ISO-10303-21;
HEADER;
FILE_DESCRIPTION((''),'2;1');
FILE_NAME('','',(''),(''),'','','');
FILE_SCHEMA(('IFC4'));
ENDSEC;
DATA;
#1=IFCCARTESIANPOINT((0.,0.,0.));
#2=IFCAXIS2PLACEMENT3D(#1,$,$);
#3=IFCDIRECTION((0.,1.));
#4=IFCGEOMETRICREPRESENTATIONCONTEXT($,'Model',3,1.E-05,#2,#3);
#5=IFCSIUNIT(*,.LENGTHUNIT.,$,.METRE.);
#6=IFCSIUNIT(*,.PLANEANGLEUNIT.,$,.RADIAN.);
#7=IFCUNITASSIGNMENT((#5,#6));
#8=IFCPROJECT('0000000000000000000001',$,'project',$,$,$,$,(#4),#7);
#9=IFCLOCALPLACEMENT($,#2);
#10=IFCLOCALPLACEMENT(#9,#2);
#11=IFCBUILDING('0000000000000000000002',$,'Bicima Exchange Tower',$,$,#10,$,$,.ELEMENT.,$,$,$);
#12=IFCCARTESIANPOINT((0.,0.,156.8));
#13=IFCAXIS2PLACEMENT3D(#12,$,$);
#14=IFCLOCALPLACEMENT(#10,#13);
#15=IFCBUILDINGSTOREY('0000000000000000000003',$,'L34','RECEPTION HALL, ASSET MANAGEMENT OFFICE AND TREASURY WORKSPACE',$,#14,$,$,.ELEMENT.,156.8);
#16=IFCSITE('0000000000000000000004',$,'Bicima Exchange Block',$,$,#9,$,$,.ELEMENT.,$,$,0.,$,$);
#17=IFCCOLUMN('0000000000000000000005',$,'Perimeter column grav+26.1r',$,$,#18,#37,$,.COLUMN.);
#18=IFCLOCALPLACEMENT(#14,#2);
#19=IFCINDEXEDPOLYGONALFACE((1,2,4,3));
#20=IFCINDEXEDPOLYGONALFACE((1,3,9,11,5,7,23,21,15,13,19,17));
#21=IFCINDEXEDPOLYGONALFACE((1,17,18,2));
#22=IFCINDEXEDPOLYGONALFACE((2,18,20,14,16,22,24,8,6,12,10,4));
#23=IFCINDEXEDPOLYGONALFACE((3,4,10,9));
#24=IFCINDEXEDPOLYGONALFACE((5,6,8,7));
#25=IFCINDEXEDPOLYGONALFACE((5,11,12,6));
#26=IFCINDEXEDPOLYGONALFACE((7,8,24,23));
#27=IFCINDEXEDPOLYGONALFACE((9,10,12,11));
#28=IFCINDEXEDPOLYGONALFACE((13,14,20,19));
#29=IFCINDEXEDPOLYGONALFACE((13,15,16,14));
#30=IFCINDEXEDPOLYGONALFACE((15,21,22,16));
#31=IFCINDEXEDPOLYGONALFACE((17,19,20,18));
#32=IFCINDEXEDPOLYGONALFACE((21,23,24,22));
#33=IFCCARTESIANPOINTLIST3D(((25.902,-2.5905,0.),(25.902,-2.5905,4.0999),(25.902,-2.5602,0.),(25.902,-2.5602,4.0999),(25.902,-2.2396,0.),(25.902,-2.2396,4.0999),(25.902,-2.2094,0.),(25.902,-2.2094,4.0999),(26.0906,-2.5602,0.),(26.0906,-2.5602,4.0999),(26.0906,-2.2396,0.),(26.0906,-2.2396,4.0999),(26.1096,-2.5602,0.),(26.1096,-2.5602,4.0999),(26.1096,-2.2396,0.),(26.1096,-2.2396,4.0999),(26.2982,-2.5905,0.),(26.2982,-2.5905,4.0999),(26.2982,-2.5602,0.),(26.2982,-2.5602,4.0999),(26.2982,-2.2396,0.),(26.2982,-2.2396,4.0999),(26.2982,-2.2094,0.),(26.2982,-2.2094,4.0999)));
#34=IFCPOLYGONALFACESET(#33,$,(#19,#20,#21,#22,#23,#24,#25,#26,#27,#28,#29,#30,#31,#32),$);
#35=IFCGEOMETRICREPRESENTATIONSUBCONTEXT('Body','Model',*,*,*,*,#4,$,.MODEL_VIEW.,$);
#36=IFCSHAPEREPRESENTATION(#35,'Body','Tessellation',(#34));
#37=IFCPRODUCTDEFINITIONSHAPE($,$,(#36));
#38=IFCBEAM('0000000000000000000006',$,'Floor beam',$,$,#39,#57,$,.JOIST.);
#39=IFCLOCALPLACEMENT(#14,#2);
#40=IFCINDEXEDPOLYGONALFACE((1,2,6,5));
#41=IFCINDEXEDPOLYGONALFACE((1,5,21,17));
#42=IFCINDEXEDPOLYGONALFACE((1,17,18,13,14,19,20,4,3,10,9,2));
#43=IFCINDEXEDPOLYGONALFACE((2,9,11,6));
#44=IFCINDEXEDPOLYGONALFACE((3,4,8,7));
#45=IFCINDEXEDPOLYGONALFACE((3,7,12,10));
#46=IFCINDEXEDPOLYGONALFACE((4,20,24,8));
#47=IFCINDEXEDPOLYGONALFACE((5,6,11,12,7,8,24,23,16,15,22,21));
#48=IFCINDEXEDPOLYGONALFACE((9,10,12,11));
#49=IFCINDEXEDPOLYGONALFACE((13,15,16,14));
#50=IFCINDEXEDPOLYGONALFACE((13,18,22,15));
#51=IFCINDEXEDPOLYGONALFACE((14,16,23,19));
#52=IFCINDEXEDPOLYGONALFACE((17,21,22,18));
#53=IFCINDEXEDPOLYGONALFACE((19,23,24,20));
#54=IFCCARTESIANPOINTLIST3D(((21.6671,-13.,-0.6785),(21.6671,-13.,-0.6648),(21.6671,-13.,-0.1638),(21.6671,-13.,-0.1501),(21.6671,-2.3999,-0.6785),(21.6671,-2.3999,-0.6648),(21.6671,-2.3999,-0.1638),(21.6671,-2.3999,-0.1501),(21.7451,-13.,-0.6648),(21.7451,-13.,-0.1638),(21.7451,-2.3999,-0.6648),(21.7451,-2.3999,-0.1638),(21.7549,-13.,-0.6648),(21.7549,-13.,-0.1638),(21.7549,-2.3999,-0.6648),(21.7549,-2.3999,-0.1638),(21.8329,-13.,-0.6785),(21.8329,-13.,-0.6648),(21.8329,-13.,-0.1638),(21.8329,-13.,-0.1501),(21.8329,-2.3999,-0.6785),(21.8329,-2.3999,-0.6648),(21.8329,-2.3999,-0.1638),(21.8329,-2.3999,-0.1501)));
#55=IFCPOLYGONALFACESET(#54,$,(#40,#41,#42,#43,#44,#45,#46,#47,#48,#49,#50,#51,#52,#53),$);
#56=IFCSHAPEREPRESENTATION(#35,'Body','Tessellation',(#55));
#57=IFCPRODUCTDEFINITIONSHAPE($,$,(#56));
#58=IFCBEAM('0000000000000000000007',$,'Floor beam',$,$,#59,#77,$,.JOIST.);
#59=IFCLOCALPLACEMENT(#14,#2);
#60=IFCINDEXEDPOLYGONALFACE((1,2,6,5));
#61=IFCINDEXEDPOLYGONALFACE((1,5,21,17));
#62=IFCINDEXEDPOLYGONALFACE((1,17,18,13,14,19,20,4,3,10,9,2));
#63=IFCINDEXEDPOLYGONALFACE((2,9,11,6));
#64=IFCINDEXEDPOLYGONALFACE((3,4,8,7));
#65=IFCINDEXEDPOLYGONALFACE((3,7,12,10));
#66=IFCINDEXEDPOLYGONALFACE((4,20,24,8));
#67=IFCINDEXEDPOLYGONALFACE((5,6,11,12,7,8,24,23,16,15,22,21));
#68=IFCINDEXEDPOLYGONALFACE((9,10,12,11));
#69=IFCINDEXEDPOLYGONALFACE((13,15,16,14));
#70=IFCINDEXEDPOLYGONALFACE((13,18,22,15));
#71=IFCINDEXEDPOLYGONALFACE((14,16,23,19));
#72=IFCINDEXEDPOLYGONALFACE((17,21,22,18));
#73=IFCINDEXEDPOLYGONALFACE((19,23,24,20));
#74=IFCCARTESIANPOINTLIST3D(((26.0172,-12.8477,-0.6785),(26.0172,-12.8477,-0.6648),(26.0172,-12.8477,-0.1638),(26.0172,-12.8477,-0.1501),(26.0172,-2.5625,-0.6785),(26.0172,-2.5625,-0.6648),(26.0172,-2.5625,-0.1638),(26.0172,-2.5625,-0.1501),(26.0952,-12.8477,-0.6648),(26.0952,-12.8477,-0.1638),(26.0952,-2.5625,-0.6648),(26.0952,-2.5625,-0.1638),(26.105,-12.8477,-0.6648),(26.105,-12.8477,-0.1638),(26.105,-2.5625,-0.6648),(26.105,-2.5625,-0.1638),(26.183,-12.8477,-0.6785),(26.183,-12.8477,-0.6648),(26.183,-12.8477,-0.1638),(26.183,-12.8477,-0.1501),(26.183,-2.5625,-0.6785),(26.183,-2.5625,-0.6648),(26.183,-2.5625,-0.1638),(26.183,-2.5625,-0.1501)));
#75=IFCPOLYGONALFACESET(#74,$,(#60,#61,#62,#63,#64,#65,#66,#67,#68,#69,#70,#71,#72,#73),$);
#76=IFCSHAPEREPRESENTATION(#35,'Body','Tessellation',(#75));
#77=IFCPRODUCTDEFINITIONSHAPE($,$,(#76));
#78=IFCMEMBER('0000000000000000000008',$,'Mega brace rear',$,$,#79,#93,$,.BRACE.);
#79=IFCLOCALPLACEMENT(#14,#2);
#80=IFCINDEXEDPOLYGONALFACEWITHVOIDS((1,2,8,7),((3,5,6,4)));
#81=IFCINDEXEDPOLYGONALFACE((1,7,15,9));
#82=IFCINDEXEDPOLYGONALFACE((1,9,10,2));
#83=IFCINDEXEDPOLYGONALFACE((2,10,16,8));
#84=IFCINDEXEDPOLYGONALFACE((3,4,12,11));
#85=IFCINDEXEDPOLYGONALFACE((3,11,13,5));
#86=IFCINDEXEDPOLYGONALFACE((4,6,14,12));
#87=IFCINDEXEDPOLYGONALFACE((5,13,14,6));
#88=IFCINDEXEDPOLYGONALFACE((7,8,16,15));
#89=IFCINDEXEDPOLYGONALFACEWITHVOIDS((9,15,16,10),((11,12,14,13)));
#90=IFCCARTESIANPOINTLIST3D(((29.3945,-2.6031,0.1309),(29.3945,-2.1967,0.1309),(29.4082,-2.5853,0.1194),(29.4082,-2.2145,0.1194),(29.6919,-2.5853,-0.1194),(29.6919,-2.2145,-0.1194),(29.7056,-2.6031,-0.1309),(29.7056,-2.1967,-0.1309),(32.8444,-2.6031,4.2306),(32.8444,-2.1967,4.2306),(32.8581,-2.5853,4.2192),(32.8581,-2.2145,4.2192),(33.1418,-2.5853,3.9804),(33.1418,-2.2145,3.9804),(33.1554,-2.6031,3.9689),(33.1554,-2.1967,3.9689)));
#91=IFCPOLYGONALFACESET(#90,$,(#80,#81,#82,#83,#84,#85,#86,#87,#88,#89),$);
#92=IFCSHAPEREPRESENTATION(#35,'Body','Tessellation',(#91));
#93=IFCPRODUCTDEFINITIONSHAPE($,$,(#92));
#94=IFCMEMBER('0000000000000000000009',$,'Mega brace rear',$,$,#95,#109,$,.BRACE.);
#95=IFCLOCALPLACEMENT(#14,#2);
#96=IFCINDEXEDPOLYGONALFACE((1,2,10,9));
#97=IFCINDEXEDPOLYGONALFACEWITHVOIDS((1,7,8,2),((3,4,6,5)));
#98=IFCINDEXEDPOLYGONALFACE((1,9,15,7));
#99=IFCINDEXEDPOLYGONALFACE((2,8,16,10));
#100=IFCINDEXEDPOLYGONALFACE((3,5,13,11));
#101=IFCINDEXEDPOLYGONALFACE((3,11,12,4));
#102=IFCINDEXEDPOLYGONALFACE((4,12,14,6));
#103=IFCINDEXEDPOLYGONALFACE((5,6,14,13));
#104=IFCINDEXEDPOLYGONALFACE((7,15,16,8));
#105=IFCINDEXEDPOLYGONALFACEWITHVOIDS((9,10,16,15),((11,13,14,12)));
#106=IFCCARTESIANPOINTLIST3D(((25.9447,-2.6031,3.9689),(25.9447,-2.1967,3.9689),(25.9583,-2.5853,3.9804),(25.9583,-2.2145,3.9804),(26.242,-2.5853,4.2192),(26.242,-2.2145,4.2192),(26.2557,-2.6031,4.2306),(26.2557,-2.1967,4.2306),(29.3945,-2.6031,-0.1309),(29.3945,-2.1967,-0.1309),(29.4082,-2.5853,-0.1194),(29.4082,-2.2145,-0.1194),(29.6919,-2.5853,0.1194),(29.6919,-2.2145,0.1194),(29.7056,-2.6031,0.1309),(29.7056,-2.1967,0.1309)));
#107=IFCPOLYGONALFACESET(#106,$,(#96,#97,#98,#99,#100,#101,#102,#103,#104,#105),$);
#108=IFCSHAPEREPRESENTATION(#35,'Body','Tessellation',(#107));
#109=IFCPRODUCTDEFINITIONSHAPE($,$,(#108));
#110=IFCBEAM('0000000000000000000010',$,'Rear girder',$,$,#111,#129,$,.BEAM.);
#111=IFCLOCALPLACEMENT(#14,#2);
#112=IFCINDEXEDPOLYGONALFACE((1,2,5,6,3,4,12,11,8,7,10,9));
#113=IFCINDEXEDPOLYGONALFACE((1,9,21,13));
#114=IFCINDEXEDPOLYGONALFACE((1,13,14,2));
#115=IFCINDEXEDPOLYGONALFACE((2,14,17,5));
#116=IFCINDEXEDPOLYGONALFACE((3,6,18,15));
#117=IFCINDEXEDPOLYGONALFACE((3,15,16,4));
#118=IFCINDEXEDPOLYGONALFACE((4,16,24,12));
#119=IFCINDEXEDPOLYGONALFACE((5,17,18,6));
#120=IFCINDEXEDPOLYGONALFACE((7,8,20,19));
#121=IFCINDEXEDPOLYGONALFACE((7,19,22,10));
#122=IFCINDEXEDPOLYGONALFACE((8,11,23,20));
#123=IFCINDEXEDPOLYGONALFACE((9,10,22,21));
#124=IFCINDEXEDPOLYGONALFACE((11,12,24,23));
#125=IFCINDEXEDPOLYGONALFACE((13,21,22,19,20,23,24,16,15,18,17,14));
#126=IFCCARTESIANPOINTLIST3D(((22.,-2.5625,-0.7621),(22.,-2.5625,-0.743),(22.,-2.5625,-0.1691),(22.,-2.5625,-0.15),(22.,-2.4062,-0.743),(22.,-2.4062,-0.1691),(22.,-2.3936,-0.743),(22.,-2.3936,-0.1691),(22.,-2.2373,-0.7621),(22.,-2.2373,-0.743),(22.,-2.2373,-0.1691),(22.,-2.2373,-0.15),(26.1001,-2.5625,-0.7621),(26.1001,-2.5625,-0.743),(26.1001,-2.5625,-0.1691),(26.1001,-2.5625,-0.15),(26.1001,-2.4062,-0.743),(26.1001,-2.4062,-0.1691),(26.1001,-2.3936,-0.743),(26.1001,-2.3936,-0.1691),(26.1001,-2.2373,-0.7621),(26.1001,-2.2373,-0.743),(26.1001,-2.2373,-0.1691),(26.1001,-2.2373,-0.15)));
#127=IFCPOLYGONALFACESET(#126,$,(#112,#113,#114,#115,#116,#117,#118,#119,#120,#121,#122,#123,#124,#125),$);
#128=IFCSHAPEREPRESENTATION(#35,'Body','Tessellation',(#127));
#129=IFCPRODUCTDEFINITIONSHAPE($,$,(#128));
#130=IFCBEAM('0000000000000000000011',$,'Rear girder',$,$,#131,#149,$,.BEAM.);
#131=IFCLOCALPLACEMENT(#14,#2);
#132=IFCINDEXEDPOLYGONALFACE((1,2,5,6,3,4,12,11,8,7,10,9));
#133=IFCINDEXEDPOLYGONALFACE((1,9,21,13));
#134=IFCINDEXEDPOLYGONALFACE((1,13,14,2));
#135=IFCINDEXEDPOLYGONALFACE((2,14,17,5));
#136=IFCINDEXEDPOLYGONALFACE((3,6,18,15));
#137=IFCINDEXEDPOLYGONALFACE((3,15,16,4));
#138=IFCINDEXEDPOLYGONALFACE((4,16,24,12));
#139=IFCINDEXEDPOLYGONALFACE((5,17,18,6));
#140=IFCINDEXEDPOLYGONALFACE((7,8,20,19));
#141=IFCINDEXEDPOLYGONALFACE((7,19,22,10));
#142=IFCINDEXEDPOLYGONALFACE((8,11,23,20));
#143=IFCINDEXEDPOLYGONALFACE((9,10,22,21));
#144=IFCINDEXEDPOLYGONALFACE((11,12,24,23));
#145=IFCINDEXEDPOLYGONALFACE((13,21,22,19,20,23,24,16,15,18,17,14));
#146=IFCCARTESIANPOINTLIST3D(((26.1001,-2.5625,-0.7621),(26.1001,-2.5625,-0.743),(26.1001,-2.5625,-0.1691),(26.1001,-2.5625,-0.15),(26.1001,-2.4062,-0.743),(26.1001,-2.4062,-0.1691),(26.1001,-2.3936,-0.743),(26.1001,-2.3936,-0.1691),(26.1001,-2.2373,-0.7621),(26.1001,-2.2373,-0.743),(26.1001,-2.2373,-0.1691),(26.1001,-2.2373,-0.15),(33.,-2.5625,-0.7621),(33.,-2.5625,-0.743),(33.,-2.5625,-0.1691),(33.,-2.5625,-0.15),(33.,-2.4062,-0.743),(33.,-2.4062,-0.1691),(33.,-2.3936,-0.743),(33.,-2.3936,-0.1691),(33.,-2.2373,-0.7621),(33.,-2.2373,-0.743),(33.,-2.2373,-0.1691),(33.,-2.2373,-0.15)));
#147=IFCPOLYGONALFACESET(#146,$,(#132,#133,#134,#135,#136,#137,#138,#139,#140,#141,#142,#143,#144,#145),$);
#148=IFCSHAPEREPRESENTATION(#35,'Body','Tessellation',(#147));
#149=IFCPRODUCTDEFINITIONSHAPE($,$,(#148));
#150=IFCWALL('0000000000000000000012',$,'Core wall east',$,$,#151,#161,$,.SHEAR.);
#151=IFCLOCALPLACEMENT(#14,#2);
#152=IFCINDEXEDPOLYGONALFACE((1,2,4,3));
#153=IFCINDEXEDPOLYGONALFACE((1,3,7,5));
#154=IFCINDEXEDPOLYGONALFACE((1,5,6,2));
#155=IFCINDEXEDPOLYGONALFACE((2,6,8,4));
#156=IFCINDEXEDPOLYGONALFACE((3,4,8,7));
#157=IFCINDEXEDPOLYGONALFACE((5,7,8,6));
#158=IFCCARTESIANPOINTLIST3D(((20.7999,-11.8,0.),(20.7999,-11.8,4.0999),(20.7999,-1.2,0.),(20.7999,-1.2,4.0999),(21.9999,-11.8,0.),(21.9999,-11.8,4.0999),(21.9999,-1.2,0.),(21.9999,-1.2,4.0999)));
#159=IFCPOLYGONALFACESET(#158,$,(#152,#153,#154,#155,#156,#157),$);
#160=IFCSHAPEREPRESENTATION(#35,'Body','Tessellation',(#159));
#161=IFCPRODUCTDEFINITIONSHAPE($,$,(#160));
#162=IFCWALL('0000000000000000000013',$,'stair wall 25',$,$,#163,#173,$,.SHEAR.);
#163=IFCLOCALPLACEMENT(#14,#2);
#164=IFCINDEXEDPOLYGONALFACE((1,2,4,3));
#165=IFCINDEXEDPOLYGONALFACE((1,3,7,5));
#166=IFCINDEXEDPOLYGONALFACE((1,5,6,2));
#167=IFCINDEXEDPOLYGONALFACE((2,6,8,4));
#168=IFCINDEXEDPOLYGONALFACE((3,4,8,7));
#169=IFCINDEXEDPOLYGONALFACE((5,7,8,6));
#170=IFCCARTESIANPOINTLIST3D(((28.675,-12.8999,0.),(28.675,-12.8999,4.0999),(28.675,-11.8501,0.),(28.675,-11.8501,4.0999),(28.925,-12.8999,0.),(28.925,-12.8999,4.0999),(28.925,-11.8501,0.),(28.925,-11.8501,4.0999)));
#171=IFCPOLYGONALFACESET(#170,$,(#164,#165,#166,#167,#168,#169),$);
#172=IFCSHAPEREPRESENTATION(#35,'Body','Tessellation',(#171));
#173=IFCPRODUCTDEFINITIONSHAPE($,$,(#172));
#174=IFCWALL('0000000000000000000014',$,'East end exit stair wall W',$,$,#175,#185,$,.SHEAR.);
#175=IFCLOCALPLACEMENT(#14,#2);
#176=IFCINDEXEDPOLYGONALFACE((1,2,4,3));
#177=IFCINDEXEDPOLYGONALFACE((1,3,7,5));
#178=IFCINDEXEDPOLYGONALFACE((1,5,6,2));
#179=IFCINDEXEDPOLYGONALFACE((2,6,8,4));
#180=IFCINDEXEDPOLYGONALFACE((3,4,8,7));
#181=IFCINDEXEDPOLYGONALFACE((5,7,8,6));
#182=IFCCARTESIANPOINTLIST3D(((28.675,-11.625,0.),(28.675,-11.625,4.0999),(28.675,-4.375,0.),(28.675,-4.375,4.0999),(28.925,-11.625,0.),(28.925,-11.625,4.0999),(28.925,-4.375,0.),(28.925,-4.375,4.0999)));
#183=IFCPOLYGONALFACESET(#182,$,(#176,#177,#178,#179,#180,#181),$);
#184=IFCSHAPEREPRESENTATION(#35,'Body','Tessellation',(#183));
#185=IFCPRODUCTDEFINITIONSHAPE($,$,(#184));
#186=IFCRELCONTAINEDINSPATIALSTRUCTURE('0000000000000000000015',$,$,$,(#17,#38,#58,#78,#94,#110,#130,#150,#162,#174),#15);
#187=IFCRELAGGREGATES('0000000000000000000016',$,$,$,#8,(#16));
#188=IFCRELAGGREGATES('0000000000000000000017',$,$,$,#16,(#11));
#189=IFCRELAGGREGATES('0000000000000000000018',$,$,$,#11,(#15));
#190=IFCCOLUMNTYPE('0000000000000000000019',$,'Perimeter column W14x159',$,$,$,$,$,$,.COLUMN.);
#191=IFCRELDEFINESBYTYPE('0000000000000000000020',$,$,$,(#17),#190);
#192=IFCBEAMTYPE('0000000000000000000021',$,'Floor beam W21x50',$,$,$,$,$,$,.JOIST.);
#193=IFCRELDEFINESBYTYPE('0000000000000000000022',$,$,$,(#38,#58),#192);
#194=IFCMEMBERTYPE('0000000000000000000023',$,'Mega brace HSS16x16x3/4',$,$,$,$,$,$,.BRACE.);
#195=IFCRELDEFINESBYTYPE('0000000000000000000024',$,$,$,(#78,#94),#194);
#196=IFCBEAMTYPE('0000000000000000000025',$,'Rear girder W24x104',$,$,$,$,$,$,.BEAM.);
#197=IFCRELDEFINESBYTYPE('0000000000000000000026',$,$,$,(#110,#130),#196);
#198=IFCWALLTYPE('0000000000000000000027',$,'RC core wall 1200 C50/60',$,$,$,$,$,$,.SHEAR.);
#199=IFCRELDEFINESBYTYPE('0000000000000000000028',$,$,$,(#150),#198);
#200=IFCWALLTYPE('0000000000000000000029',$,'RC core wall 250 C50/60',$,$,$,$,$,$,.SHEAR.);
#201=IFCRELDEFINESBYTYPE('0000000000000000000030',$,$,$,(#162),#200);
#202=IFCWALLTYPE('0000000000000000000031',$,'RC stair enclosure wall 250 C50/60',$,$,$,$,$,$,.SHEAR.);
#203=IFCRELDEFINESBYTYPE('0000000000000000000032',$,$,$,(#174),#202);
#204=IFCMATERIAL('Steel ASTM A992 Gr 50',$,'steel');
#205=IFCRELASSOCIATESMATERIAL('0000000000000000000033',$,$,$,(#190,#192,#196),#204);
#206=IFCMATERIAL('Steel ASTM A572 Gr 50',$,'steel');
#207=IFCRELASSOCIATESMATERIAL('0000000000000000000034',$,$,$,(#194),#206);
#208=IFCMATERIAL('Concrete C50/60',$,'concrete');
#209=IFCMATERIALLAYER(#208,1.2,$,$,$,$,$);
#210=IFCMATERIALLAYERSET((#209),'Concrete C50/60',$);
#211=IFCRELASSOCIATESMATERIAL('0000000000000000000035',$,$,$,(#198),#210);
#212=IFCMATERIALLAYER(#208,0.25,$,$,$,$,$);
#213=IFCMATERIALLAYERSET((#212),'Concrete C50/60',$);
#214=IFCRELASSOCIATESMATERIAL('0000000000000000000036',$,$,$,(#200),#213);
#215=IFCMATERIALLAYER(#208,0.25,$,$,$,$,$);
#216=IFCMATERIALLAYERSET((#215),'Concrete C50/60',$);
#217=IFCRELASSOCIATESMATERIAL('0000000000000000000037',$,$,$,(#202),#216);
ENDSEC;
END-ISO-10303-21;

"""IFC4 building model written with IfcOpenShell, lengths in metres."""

from ifc_helpers import new_model, si_unit, direction, frame, frame_2d, origin, origin_2d, place, context, subcontext, project, spatial, rectangle, hollow_rectangle, i_section, extrude, material, layer, layer_set, material_profile, profile_set, type_object, element, save


model = new_model("IFC4")

# Units and contexts
model_context = context("Model", 3, precision=1e-05, world=origin(), true_north=direction((0.0, 1.0)))
body_context = subcontext(model_context, "Body", "Model", "MODEL_VIEW")
ifc_project = project(units=[si_unit("LENGTHUNIT", "METRE"), si_unit("PLANEANGLEUNIT", "RADIAN")], contexts=[model_context])

# Site, building, storey
site_placement = place(None, origin())
site = spatial("IfcSite", under=ifc_project, at=site_placement, Name="Bicima Exchange Block", CompositionType="ELEMENT", RefElevation=0.0)
building_placement = place(site_placement, origin())
building = spatial("IfcBuilding", under=site, at=building_placement, Name="Bicima Exchange Tower", CompositionType="ELEMENT")
storey_placement = place(building_placement, frame((0.0, 0.0, 156.8)))
storey = spatial("IfcBuildingStorey", under=building, at=storey_placement, Name="L34", Description="RECEPTION HALL, ASSET MANAGEMENT OFFICE AND TREASURY WORKSPACE", CompositionType="ELEMENT", Elevation=156.8)

# Column
ifc_material_1 = material(Name="Steel ASTM A992 Gr 50", Category="steel")
ifc_material_profile_1 = material_profile(ifc_material_1, i_section(OverallWidth=0.3962, OverallDepth=0.3811, WebThickness=0.019, FlangeThickness=0.0303, at=origin_2d()))
ifc_profile_set_1 = profile_set([ifc_material_profile_1], Name="Steel ASTM A992 Gr 50")
column_type = type_object("IfcColumnType", Name="Perimeter column W14x159", PredefinedType="COLUMN", material=ifc_profile_set_1)
column_placement = place(storey_placement, frame((26.1001, -2.3999, 0.0), z_axis=(0.0, 0.0, 1.0), x_axis=(1.0, 0.0, 0.0)))
element("IfcColumn", 1, at=column_placement, inside=storey, type_object=column_type, Name="Perimeter column grav+26.1r", PredefinedType="COLUMN", context=body_context, shape_type="SweptSolid", body=[
    extrude(i_section(OverallWidth=0.3962, OverallDepth=0.3811, WebThickness=0.019, FlangeThickness=0.0303, at=origin_2d()), origin(), (0.0, 0.0, 1.0), 4.0999),
])

# Beams
ifc_material_profile_2 = material_profile(ifc_material_1, i_section(OverallWidth=0.1658, OverallDepth=0.5283, WebThickness=0.0098, FlangeThickness=0.0137, at=origin_2d()))
ifc_profile_set_2 = profile_set([ifc_material_profile_2], Name="Steel ASTM A992 Gr 50")
beam_type_1 = type_object("IfcBeamType", Name="Floor beam W21x50", PredefinedType="JOIST", material=ifc_profile_set_2)
beam_1_placement = place(storey_placement, frame((21.75, -2.3999, -0.4143), z_axis=(0.0, -1.0, 0.0), x_axis=(1.0, 0.0, 0.0)))
element("IfcBeam", 2, at=beam_1_placement, inside=storey, type_object=beam_type_1, Name="Floor beam", PredefinedType="JOIST", context=body_context, shape_type="SweptSolid", body=[
    extrude(i_section(OverallWidth=0.1658, OverallDepth=0.5283, WebThickness=0.0098, FlangeThickness=0.0137, at=origin_2d()), origin(), (0.0, 0.0, 1.0), 10.6001),
])
beam_2_placement = place(storey_placement, frame((26.1001, -2.5625, -0.4143), z_axis=(0.0, -1.0, 0.0), x_axis=(1.0, 0.0, 0.0)))
element("IfcBeam", 3, at=beam_2_placement, inside=storey, type_object=beam_type_1, Name="Floor beam", PredefinedType="JOIST", context=body_context, shape_type="SweptSolid", body=[
    extrude(i_section(OverallWidth=0.1658, OverallDepth=0.5283, WebThickness=0.0098, FlangeThickness=0.0137, at=origin_2d()), origin(), (0.0, 0.0, 1.0), 10.2852),
])

# Members
ifc_material_2 = material(Name="Steel ASTM A572 Gr 50", Category="steel")
ifc_material_profile_3 = material_profile(ifc_material_2, hollow_rectangle(XDim=0.4065, YDim=0.4065, WallThickness=0.0178, at=origin_2d()))
ifc_profile_set_3 = profile_set([ifc_material_profile_3], Name="Steel ASTM A572 Gr 50")
member_type = type_object("IfcMemberType", Name="Mega brace HSS16x16x3/4", PredefinedType="BRACE", material=ifc_profile_set_3)
for number, where, z_axis, x_axis, name in (
    (4, (29.55, -2.3999, 0.0), (0.643856, 0.0, 0.765146), (0.0, 1.0, 0.0), "Mega brace rear"),
    (5, (29.55, -2.3999, 0.0), (-0.643856, 0.0, 0.765146), (0.0, -1.0, 0.0), "Mega brace rear"),
):
    element("IfcMember", number, at=place(storey_placement, frame(where, z_axis=z_axis, x_axis=x_axis)), inside=storey, type_object=member_type, Name=name, PredefinedType="BRACE", context=body_context, shape_type="SweptSolid", body=[
        extrude(hollow_rectangle(XDim=0.4065, YDim=0.4065, WallThickness=0.0178, at=origin_2d()), origin(), (0.0, 0.0, 1.0), 5.3582),
    ])

# Beams
ifc_material_profile_4 = material_profile(ifc_material_1, i_section(OverallWidth=0.3252, OverallDepth=0.6121, WebThickness=0.0127, FlangeThickness=0.019, at=origin_2d()))
ifc_profile_set_4 = profile_set([ifc_material_profile_4], Name="Steel ASTM A992 Gr 50")
beam_type_2 = type_object("IfcBeamType", Name="Rear girder W24x104", PredefinedType="BEAM", material=ifc_profile_set_4)
beam_3_placement = place(storey_placement, frame((22.0, -2.3999, -0.4561), z_axis=(1.0, 0.0, 0.0), x_axis=(0.0, 1.0, 0.0)))
element("IfcBeam", 6, at=beam_3_placement, inside=storey, type_object=beam_type_2, Name="Rear girder", PredefinedType="BEAM", context=body_context, shape_type="SweptSolid", body=[
    extrude(i_section(OverallWidth=0.3252, OverallDepth=0.6121, WebThickness=0.0127, FlangeThickness=0.019, at=origin_2d()), origin(), (0.0, 0.0, 1.0), 4.1001),
])
beam_4_placement = place(storey_placement, frame((26.1001, -2.3999, -0.4561), z_axis=(1.0, 0.0, 0.0), x_axis=(0.0, 1.0, 0.0)))
element("IfcBeam", 7, at=beam_4_placement, inside=storey, type_object=beam_type_2, Name="Rear girder", PredefinedType="BEAM", context=body_context, shape_type="SweptSolid", body=[
    extrude(i_section(OverallWidth=0.3252, OverallDepth=0.6121, WebThickness=0.0127, FlangeThickness=0.019, at=origin_2d()), origin(), (0.0, 0.0, 1.0), 6.8999),
])

# Walls
ifc_material_3 = material(Name="Concrete C50/60", Category="concrete")
ifc_layer_1 = layer(ifc_material_3, 1.2)
ifc_layer_set_1 = layer_set([ifc_layer_1], Name="Concrete C50/60")
wall_type_1 = type_object("IfcWallType", Name="RC core wall 1200 C50/60", PredefinedType="SHEAR", material=ifc_layer_set_1)
wall_1_placement = place(storey_placement, frame((21.3999, -11.8, 0.0), z_axis=(0.0, 0.0, 1.0), x_axis=(0.0, 1.0, 0.0)))
element("IfcWall", 8, at=wall_1_placement, inside=storey, type_object=wall_type_1, Name="Core wall east", PredefinedType="SHEAR", context=body_context, shape_type="SweptSolid", body=[
    extrude(rectangle(XDim=10.6001, YDim=1.2, at=frame_2d((5.3, 0.0))), origin(), (0.0, 0.0, 1.0), 4.0999),
])
ifc_layer_2 = layer(ifc_material_3, 0.25)
ifc_layer_set_2 = layer_set([ifc_layer_2], Name="Concrete C50/60")
wall_type_2 = type_object("IfcWallType", Name="RC core wall 250 C50/60", PredefinedType="SHEAR", material=ifc_layer_set_2)
wall_2_placement = place(storey_placement, frame((28.8, -12.8999, 0.0), z_axis=(0.0, 0.0, 1.0), x_axis=(0.0, 1.0, 0.0)))
element("IfcWall", 9, at=wall_2_placement, inside=storey, type_object=wall_type_2, Name="stair wall 25", PredefinedType="SHEAR", context=body_context, shape_type="SweptSolid", body=[
    extrude(rectangle(XDim=1.0498, YDim=0.25, at=frame_2d((0.5249, 0.0))), origin(), (0.0, 0.0, 1.0), 4.0999),
])
ifc_layer_3 = layer(ifc_material_3, 0.25)
ifc_layer_set_3 = layer_set([ifc_layer_3], Name="Concrete C50/60")
wall_type_3 = type_object("IfcWallType", Name="RC stair enclosure wall 250 C50/60", PredefinedType="SHEAR", material=ifc_layer_set_3)
wall_3_placement = place(storey_placement, frame((28.8, -11.625, 0.0), z_axis=(0.0, 0.0, 1.0), x_axis=(0.0, 1.0, 0.0)))
element("IfcWall", 10, at=wall_3_placement, inside=storey, type_object=wall_type_3, Name="East end exit stair wall W", PredefinedType="SHEAR", context=body_context, shape_type="SweptSolid", body=[
    extrude(rectangle(XDim=7.25, YDim=0.25, at=frame_2d((3.625, 0.0))), origin(), (0.0, 0.0, 1.0), 4.0999),
])

save(model, "model.ifc")
